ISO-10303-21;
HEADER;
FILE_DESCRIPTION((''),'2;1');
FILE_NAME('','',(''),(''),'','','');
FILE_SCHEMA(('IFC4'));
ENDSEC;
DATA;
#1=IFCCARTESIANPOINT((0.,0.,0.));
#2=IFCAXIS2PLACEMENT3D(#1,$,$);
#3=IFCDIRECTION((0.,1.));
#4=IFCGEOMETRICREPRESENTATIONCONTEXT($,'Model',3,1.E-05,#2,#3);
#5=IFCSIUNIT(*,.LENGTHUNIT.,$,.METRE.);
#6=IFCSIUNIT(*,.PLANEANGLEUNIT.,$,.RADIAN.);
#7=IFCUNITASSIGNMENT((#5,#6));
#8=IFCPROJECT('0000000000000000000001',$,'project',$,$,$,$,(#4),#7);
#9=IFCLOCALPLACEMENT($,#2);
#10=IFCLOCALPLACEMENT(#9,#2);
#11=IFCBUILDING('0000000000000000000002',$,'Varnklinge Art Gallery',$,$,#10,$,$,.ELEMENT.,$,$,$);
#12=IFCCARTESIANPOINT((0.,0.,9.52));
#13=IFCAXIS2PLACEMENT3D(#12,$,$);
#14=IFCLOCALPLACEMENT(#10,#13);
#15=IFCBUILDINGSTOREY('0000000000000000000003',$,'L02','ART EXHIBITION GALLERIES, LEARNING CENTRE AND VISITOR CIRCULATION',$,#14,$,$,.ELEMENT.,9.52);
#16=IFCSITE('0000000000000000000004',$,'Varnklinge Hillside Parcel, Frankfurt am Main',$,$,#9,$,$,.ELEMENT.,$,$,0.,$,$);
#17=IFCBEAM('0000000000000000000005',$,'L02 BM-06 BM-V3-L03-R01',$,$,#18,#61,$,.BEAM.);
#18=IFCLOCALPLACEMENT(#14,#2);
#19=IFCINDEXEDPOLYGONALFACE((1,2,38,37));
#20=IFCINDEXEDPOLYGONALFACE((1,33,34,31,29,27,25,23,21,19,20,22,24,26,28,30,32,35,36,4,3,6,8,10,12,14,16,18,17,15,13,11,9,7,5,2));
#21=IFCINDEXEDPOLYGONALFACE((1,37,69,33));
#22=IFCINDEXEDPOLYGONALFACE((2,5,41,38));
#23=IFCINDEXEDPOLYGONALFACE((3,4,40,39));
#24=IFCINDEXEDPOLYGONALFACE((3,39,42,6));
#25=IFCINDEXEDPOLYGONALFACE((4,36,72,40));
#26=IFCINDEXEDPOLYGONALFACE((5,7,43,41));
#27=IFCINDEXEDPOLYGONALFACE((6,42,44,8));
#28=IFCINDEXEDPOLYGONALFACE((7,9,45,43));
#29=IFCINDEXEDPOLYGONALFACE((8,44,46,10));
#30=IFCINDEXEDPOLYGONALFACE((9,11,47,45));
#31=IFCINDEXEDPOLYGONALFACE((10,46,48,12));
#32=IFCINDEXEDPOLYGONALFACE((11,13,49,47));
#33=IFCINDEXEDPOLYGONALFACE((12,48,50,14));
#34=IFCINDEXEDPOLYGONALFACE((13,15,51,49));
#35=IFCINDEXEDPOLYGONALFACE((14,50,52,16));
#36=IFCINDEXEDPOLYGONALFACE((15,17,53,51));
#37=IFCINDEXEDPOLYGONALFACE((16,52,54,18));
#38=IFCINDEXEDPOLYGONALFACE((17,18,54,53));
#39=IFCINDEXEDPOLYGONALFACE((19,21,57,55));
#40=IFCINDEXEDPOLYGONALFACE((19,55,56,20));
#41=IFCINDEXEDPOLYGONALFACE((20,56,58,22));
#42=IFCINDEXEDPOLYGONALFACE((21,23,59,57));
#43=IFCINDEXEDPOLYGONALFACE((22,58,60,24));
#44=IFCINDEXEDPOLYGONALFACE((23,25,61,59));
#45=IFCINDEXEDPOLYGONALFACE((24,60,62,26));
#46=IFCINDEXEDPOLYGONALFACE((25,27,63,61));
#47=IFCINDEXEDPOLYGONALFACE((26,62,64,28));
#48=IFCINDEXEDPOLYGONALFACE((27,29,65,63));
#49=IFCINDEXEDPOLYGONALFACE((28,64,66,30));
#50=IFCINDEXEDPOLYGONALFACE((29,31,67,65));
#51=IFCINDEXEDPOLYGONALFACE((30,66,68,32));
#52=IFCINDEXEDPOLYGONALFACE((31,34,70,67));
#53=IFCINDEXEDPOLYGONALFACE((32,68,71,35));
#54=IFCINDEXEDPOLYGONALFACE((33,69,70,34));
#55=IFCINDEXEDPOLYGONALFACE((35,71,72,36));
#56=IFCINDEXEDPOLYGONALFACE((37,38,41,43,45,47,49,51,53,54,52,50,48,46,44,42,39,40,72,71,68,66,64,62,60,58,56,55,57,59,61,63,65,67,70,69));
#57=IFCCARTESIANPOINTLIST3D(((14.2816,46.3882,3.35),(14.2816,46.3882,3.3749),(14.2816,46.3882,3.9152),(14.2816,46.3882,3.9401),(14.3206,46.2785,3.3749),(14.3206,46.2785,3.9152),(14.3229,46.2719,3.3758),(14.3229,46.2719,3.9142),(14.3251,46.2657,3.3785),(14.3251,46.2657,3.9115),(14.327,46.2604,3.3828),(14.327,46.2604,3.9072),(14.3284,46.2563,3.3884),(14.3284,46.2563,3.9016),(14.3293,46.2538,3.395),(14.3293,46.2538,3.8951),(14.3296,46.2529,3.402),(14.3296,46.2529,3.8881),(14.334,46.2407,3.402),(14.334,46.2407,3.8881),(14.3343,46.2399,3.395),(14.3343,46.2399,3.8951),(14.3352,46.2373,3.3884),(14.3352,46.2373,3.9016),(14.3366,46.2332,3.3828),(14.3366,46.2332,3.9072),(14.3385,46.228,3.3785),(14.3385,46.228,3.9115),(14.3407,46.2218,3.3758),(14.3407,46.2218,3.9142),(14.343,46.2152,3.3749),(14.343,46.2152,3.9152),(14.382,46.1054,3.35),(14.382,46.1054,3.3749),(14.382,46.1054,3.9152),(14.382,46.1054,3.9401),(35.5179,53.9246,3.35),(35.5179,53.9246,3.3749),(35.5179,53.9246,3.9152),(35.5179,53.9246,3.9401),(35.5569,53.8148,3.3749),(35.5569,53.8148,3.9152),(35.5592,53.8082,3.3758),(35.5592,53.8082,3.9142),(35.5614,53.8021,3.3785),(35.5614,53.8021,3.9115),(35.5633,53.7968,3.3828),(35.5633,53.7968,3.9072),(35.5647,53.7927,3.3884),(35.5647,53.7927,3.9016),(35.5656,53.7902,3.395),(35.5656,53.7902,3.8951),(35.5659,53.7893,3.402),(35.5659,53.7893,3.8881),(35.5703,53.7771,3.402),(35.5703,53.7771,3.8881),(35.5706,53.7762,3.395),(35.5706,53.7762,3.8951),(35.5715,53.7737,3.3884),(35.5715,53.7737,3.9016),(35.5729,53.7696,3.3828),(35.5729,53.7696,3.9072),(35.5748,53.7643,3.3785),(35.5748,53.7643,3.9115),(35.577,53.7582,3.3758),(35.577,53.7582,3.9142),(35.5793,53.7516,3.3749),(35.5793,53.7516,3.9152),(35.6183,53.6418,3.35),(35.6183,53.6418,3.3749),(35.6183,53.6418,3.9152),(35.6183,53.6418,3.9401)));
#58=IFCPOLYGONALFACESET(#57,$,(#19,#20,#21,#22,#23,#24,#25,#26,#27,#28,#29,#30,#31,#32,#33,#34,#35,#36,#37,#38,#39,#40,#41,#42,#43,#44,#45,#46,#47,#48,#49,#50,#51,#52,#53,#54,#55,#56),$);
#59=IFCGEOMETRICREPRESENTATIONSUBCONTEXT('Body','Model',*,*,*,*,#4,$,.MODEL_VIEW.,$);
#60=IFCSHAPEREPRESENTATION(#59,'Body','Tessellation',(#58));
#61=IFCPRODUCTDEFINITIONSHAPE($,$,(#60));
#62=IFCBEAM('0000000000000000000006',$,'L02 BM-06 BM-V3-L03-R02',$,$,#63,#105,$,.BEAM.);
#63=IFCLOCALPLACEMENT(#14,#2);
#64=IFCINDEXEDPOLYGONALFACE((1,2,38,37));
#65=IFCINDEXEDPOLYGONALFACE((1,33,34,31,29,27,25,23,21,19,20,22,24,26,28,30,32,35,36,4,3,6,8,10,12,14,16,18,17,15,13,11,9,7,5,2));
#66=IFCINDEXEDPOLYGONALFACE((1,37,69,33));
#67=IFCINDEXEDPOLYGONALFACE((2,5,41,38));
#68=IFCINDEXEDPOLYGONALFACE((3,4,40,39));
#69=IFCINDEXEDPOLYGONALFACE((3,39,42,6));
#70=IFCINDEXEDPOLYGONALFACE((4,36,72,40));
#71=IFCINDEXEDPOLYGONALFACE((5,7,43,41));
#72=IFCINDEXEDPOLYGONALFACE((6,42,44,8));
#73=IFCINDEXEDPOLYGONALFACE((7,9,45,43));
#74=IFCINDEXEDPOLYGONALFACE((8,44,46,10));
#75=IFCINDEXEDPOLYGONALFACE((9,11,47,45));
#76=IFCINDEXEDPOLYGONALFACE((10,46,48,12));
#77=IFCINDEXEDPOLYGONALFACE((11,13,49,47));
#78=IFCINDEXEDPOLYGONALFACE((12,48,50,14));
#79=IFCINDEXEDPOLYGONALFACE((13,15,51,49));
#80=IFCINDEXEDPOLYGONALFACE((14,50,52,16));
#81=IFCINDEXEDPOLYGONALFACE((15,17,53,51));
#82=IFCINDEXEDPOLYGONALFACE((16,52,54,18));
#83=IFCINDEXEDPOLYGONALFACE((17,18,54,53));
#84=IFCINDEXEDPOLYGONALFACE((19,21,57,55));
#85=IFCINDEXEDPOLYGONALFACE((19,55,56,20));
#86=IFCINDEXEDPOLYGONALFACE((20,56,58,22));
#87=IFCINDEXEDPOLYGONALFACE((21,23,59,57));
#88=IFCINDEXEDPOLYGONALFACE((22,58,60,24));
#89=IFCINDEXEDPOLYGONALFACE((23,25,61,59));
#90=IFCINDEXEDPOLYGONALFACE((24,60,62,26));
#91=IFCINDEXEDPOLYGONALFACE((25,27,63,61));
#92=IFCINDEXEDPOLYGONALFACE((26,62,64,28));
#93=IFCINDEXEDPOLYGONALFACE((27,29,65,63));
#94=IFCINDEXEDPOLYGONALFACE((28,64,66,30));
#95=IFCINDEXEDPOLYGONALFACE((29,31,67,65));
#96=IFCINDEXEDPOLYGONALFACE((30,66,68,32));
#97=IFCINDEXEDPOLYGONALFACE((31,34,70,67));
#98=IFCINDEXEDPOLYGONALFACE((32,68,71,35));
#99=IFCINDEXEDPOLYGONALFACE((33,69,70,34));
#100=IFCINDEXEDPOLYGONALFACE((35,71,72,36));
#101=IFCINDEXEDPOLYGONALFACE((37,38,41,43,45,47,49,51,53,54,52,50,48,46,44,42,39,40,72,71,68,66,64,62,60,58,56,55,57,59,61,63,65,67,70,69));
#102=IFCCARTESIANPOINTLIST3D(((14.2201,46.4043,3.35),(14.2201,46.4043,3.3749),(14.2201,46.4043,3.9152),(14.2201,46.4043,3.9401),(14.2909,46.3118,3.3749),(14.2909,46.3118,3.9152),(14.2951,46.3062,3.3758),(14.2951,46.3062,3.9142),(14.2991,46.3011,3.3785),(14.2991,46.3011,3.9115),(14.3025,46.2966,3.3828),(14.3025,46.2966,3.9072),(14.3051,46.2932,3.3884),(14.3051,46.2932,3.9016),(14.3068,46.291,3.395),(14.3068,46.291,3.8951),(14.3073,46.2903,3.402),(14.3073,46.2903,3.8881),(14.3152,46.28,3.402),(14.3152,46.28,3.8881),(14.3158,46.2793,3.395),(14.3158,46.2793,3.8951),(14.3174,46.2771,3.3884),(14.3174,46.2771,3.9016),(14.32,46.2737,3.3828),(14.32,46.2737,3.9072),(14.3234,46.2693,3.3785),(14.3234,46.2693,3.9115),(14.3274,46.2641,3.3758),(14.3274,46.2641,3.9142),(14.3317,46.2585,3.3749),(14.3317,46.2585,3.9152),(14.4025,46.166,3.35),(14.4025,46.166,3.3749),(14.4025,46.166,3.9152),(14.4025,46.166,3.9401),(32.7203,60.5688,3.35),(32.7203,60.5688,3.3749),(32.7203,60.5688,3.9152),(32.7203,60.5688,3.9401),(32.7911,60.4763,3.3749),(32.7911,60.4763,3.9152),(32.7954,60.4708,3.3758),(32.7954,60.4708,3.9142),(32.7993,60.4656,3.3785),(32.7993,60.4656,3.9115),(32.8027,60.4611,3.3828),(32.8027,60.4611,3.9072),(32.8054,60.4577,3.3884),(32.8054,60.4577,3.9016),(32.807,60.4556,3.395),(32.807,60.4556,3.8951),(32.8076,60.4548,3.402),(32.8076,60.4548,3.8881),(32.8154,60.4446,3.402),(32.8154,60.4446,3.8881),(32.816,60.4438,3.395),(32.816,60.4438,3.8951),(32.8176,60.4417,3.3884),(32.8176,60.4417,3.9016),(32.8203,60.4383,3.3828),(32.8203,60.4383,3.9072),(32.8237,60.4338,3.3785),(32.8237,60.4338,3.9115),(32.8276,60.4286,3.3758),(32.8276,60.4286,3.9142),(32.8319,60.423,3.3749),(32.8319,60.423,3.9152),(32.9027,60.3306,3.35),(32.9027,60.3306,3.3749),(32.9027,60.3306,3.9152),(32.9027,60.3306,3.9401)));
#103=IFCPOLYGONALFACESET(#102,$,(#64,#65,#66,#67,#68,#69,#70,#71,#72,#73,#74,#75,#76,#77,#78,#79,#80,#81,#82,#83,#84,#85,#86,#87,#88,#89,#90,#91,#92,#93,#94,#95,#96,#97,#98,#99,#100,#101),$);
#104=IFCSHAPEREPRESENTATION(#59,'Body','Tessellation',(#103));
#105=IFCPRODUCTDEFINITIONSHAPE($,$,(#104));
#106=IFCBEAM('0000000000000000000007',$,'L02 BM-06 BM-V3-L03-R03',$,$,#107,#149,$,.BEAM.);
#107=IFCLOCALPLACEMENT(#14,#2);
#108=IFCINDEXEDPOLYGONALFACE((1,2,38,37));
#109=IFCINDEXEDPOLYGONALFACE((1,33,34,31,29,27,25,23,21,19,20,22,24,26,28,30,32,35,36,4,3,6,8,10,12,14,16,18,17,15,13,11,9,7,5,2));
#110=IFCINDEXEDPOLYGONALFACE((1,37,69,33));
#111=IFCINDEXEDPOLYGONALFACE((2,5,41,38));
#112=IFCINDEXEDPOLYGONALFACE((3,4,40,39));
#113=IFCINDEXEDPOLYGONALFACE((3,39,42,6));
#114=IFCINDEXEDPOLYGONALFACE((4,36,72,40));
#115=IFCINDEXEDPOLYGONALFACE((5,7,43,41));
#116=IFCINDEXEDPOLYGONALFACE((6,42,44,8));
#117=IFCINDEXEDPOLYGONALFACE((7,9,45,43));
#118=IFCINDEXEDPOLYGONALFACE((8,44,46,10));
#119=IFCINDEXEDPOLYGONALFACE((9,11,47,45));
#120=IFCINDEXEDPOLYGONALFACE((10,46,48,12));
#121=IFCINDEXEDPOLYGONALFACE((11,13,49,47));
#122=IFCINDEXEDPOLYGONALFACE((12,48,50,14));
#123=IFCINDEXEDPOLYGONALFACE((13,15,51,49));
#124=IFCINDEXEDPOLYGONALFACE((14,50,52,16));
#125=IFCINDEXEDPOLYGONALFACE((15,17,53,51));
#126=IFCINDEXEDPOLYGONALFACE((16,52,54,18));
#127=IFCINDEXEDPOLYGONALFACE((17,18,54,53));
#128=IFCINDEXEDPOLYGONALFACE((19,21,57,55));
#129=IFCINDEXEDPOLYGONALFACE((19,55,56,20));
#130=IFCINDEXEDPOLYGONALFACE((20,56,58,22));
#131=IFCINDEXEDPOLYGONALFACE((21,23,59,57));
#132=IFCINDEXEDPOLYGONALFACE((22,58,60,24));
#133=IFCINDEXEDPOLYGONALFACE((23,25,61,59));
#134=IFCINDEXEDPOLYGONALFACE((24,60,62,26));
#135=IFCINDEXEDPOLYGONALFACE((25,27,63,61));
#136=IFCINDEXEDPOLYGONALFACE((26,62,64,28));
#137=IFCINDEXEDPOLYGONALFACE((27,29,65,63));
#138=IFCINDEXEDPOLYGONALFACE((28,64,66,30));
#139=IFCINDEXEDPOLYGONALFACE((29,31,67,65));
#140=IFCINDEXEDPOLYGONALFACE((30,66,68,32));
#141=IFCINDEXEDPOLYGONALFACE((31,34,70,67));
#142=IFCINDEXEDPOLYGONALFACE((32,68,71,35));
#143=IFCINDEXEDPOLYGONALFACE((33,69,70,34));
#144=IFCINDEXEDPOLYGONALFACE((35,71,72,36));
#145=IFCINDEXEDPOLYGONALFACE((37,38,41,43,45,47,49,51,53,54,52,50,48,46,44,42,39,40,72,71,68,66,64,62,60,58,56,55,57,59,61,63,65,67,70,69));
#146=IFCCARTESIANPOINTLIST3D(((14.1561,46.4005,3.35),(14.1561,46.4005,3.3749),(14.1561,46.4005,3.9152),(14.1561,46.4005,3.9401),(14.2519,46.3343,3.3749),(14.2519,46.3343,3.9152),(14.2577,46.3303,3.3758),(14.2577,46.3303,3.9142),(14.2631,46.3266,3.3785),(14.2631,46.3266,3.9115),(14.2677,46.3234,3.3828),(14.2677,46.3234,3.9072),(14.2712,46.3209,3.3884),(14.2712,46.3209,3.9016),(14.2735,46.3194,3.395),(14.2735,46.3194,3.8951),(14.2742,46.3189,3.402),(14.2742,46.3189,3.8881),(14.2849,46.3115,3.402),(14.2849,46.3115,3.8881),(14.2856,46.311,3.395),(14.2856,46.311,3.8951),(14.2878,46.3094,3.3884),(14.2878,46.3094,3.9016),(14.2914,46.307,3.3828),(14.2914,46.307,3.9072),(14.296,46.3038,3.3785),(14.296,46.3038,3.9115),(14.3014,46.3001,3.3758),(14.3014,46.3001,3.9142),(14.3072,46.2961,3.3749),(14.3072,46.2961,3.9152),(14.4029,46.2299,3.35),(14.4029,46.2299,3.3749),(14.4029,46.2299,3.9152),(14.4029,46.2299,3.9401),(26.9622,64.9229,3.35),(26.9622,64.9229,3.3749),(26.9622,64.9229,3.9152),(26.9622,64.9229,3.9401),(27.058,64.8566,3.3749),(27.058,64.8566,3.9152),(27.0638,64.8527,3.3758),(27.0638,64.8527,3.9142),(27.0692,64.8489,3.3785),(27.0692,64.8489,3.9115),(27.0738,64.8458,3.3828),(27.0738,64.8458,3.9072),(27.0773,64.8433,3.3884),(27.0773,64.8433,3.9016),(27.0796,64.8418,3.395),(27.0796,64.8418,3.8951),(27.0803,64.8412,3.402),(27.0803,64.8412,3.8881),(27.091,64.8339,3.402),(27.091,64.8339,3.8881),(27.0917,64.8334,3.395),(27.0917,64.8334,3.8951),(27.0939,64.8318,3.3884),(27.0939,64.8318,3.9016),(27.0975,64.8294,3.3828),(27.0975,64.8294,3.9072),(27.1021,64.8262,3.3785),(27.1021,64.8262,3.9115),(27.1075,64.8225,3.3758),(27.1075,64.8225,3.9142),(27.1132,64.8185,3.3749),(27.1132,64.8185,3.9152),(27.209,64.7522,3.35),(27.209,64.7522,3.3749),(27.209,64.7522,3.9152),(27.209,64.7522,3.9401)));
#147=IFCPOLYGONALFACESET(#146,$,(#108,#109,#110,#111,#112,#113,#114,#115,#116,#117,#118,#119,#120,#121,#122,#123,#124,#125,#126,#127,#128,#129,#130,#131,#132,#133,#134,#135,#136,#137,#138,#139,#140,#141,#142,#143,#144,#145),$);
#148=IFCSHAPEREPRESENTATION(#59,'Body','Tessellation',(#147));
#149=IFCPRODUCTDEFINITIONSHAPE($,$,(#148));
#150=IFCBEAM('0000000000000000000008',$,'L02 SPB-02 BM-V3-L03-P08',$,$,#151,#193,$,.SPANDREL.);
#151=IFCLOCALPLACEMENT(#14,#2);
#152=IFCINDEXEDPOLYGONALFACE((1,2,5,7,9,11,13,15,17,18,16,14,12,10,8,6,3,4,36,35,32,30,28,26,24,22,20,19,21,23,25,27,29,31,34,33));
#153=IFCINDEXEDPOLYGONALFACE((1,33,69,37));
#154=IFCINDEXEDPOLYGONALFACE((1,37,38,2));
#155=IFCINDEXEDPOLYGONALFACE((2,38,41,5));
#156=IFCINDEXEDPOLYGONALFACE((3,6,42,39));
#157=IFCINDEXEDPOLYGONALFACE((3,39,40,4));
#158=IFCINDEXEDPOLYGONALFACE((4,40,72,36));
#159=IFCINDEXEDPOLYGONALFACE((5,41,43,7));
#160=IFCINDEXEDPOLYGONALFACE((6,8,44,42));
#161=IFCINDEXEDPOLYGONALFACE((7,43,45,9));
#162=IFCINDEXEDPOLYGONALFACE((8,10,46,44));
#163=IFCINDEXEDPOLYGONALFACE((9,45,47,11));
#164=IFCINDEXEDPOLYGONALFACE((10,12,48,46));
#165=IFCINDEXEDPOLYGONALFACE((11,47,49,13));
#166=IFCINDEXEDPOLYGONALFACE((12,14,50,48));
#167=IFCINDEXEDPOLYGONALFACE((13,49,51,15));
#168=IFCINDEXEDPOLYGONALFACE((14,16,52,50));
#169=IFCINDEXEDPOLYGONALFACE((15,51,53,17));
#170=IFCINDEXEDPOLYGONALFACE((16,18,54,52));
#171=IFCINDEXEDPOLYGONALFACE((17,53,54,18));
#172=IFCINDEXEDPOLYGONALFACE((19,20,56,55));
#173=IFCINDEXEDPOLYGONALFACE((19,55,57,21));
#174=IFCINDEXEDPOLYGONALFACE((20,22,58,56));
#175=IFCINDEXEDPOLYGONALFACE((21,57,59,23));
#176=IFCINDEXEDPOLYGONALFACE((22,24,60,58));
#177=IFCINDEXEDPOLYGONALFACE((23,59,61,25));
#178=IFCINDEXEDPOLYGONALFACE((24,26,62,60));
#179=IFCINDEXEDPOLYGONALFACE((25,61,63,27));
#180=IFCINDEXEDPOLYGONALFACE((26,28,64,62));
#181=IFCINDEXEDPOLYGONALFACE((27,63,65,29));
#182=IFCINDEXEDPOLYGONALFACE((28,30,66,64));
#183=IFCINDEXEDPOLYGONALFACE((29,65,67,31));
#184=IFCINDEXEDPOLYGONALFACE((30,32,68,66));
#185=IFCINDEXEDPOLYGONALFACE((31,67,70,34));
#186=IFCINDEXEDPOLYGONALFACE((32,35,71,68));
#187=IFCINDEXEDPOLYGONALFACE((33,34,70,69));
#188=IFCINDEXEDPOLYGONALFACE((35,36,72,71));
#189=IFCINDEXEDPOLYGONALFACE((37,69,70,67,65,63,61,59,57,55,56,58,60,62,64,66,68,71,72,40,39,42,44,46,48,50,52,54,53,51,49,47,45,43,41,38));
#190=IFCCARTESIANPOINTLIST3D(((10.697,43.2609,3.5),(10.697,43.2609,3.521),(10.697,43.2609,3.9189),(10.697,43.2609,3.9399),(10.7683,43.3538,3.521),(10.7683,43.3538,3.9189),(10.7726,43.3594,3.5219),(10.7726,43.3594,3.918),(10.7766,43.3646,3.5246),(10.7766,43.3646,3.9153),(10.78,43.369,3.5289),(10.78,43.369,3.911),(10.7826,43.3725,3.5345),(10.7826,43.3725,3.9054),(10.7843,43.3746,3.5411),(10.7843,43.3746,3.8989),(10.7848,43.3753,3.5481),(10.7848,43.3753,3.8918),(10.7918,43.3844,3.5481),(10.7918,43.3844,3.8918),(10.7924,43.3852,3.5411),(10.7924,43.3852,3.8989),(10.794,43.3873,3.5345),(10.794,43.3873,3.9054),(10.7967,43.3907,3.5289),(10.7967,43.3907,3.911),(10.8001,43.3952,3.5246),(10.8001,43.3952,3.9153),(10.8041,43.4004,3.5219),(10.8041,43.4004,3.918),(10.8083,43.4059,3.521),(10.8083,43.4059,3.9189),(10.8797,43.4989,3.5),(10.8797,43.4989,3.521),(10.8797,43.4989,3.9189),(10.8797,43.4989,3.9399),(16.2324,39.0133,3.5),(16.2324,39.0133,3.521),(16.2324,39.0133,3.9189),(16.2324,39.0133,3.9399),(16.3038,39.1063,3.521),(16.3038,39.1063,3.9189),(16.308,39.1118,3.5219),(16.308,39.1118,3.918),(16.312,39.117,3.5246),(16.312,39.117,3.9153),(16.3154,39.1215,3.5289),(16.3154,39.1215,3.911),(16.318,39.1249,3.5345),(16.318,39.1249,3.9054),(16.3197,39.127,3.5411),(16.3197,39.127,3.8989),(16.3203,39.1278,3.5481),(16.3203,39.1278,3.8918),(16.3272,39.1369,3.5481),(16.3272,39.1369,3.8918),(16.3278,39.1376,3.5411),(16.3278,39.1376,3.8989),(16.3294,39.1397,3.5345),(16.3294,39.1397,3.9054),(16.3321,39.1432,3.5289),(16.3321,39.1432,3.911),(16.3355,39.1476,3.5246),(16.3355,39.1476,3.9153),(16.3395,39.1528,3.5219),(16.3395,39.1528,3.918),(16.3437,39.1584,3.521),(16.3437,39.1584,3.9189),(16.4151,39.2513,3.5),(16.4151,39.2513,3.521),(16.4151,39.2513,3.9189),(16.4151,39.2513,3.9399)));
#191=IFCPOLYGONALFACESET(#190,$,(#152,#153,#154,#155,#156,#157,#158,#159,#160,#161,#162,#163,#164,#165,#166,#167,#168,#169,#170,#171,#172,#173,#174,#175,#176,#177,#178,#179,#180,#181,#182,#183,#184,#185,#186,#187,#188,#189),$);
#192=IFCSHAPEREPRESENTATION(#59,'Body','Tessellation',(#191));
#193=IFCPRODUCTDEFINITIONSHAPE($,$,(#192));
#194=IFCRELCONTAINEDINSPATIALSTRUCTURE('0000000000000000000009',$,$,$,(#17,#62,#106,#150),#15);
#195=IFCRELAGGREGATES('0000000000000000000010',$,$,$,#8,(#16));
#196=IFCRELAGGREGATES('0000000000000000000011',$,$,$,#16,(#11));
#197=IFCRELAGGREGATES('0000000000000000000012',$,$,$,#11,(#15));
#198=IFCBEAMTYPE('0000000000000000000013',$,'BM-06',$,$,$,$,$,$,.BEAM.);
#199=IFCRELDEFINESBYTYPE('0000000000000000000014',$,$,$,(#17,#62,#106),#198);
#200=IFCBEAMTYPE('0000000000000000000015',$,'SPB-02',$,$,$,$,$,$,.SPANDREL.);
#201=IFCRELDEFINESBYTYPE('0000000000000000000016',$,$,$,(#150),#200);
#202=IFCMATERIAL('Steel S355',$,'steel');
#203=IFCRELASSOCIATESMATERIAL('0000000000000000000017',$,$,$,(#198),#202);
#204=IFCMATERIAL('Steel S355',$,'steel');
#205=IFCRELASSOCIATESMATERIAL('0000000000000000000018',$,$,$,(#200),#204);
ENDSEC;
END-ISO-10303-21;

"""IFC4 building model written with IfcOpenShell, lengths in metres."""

from ifc_helpers import new_model, si_unit, direction, frame, origin, origin_2d, place, context, subcontext, project, spatial, i_section, extrude, material, material_profile, profile_set, type_object, element, save


model = new_model("IFC4")

# Units and contexts
model_context = context("Model", 3, precision=1e-05, world=origin(), true_north=direction((0.0, 1.0)))
body_context = subcontext(model_context, "Body", "Model", "MODEL_VIEW")
ifc_project = project(units=[si_unit("LENGTHUNIT", "METRE"), si_unit("PLANEANGLEUNIT", "RADIAN")], contexts=[model_context])

# Site, building, storey
site_placement = place(None, origin())
site = spatial("IfcSite", under=ifc_project, at=site_placement, Name="Varnklinge Hillside Parcel, Frankfurt am Main", CompositionType="ELEMENT", RefElevation=0.0)
building_placement = place(site_placement, origin())
building = spatial("IfcBuilding", under=site, at=building_placement, Name="Varnklinge Art Gallery", CompositionType="ELEMENT")
storey_placement = place(building_placement, frame((0.0, 0.0, 9.52)))
storey = spatial("IfcBuildingStorey", under=building, at=storey_placement, Name="L02", Description="ART EXHIBITION GALLERIES, LEARNING CENTRE AND VISITOR CIRCULATION", CompositionType="ELEMENT", Elevation=9.52)

# Beams
ifc_material_1 = material(Name="Steel S355", Category="steel")
ifc_material_profile_1 = material_profile(ifc_material_1, i_section(OverallWidth=0.3, OverallDepth=0.5901, WebThickness=0.0129, FlangeThickness=0.0249, FilletRadius=0.0271, at=origin_2d()), Name="HEA 600")
ifc_profile_set_1 = profile_set([ifc_material_profile_1], Name="Steel S355")
beam_type_1 = type_object("IfcBeamType", Name="BM-06", PredefinedType="BEAM", material=ifc_profile_set_1)
beam_1_placement = place(storey_placement, frame((14.3318, 46.2468, 3.645), z_axis=(0.942415, 0.334446, 0.0), x_axis=(-0.334446, 0.942415, 0.0)))
element("IfcBeam", 1, at=beam_1_placement, inside=storey, type_object=beam_type_1, Name="L02 BM-06 BM-V3-L03-R01", PredefinedType="BEAM", context=body_context, shape_type="SweptSolid", body=[
    extrude(i_section(OverallWidth=0.3, OverallDepth=0.5901, WebThickness=0.0129, FlangeThickness=0.0249, FilletRadius=0.0271, at=origin_2d()), origin(), (0.0, 0.0, 1.0), 22.5339),
])
beam_2_placement = place(storey_placement, frame((14.3113, 46.2852, 3.645), z_axis=(0.793999, 0.607919, 0.0), x_axis=(-0.607919, 0.793999, 0.0)))
element("IfcBeam", 2, at=beam_2_placement, inside=storey, type_object=beam_type_1, Name="L02 BM-06 BM-V3-L03-R02", PredefinedType="BEAM", context=body_context, shape_type="SweptSolid", body=[
    extrude(i_section(OverallWidth=0.3, OverallDepth=0.5901, WebThickness=0.0129, FlangeThickness=0.0249, FilletRadius=0.0271, at=origin_2d()), origin(), (0.0, 0.0, 1.0), 23.3),
])
beam_3_placement = place(storey_placement, frame((14.2795, 46.3152, 3.645), z_axis=(0.568697, 0.822547, 0.0), x_axis=(-0.822547, 0.568697, 0.0)))
element("IfcBeam", 3, at=beam_3_placement, inside=storey, type_object=beam_type_1, Name="L02 BM-06 BM-V3-L03-R03", PredefinedType="BEAM", context=body_context, shape_type="SweptSolid", body=[
    extrude(i_section(OverallWidth=0.3, OverallDepth=0.5901, WebThickness=0.0129, FlangeThickness=0.0249, FilletRadius=0.0271, at=origin_2d()), origin(), (0.0, 0.0, 1.0), 22.5183),
])
ifc_material_2 = material(Name="Steel S355", Category="steel")
ifc_material_profile_2 = material_profile(ifc_material_2, i_section(OverallWidth=0.3, OverallDepth=0.4399, WebThickness=0.0115, FlangeThickness=0.021, FilletRadius=0.0271, at=origin_2d()), Name="HEA 450")
ifc_profile_set_2 = profile_set([ifc_material_profile_2], Name="Steel S355")
beam_type_2 = type_object("IfcBeamType", Name="SPB-02", PredefinedType="SPANDREL", material=ifc_profile_set_2)
beam_4_placement = place(storey_placement, frame((10.7883, 43.3799, 3.72), z_axis=(0.793347, -0.60877, 0.0), x_axis=(0.60877, 0.793347, 0.0)))
element("IfcBeam", 4, at=beam_4_placement, inside=storey, type_object=beam_type_2, Name="L02 SPB-02 BM-V3-L03-P08", PredefinedType="SPANDREL", context=body_context, shape_type="SweptSolid", body=[
    extrude(i_section(OverallWidth=0.3, OverallDepth=0.4399, WebThickness=0.0115, FlangeThickness=0.021, FilletRadius=0.0271, at=origin_2d()), origin(), (0.0, 0.0, 1.0), 6.9773),
])

save(model, "model.ifc")
